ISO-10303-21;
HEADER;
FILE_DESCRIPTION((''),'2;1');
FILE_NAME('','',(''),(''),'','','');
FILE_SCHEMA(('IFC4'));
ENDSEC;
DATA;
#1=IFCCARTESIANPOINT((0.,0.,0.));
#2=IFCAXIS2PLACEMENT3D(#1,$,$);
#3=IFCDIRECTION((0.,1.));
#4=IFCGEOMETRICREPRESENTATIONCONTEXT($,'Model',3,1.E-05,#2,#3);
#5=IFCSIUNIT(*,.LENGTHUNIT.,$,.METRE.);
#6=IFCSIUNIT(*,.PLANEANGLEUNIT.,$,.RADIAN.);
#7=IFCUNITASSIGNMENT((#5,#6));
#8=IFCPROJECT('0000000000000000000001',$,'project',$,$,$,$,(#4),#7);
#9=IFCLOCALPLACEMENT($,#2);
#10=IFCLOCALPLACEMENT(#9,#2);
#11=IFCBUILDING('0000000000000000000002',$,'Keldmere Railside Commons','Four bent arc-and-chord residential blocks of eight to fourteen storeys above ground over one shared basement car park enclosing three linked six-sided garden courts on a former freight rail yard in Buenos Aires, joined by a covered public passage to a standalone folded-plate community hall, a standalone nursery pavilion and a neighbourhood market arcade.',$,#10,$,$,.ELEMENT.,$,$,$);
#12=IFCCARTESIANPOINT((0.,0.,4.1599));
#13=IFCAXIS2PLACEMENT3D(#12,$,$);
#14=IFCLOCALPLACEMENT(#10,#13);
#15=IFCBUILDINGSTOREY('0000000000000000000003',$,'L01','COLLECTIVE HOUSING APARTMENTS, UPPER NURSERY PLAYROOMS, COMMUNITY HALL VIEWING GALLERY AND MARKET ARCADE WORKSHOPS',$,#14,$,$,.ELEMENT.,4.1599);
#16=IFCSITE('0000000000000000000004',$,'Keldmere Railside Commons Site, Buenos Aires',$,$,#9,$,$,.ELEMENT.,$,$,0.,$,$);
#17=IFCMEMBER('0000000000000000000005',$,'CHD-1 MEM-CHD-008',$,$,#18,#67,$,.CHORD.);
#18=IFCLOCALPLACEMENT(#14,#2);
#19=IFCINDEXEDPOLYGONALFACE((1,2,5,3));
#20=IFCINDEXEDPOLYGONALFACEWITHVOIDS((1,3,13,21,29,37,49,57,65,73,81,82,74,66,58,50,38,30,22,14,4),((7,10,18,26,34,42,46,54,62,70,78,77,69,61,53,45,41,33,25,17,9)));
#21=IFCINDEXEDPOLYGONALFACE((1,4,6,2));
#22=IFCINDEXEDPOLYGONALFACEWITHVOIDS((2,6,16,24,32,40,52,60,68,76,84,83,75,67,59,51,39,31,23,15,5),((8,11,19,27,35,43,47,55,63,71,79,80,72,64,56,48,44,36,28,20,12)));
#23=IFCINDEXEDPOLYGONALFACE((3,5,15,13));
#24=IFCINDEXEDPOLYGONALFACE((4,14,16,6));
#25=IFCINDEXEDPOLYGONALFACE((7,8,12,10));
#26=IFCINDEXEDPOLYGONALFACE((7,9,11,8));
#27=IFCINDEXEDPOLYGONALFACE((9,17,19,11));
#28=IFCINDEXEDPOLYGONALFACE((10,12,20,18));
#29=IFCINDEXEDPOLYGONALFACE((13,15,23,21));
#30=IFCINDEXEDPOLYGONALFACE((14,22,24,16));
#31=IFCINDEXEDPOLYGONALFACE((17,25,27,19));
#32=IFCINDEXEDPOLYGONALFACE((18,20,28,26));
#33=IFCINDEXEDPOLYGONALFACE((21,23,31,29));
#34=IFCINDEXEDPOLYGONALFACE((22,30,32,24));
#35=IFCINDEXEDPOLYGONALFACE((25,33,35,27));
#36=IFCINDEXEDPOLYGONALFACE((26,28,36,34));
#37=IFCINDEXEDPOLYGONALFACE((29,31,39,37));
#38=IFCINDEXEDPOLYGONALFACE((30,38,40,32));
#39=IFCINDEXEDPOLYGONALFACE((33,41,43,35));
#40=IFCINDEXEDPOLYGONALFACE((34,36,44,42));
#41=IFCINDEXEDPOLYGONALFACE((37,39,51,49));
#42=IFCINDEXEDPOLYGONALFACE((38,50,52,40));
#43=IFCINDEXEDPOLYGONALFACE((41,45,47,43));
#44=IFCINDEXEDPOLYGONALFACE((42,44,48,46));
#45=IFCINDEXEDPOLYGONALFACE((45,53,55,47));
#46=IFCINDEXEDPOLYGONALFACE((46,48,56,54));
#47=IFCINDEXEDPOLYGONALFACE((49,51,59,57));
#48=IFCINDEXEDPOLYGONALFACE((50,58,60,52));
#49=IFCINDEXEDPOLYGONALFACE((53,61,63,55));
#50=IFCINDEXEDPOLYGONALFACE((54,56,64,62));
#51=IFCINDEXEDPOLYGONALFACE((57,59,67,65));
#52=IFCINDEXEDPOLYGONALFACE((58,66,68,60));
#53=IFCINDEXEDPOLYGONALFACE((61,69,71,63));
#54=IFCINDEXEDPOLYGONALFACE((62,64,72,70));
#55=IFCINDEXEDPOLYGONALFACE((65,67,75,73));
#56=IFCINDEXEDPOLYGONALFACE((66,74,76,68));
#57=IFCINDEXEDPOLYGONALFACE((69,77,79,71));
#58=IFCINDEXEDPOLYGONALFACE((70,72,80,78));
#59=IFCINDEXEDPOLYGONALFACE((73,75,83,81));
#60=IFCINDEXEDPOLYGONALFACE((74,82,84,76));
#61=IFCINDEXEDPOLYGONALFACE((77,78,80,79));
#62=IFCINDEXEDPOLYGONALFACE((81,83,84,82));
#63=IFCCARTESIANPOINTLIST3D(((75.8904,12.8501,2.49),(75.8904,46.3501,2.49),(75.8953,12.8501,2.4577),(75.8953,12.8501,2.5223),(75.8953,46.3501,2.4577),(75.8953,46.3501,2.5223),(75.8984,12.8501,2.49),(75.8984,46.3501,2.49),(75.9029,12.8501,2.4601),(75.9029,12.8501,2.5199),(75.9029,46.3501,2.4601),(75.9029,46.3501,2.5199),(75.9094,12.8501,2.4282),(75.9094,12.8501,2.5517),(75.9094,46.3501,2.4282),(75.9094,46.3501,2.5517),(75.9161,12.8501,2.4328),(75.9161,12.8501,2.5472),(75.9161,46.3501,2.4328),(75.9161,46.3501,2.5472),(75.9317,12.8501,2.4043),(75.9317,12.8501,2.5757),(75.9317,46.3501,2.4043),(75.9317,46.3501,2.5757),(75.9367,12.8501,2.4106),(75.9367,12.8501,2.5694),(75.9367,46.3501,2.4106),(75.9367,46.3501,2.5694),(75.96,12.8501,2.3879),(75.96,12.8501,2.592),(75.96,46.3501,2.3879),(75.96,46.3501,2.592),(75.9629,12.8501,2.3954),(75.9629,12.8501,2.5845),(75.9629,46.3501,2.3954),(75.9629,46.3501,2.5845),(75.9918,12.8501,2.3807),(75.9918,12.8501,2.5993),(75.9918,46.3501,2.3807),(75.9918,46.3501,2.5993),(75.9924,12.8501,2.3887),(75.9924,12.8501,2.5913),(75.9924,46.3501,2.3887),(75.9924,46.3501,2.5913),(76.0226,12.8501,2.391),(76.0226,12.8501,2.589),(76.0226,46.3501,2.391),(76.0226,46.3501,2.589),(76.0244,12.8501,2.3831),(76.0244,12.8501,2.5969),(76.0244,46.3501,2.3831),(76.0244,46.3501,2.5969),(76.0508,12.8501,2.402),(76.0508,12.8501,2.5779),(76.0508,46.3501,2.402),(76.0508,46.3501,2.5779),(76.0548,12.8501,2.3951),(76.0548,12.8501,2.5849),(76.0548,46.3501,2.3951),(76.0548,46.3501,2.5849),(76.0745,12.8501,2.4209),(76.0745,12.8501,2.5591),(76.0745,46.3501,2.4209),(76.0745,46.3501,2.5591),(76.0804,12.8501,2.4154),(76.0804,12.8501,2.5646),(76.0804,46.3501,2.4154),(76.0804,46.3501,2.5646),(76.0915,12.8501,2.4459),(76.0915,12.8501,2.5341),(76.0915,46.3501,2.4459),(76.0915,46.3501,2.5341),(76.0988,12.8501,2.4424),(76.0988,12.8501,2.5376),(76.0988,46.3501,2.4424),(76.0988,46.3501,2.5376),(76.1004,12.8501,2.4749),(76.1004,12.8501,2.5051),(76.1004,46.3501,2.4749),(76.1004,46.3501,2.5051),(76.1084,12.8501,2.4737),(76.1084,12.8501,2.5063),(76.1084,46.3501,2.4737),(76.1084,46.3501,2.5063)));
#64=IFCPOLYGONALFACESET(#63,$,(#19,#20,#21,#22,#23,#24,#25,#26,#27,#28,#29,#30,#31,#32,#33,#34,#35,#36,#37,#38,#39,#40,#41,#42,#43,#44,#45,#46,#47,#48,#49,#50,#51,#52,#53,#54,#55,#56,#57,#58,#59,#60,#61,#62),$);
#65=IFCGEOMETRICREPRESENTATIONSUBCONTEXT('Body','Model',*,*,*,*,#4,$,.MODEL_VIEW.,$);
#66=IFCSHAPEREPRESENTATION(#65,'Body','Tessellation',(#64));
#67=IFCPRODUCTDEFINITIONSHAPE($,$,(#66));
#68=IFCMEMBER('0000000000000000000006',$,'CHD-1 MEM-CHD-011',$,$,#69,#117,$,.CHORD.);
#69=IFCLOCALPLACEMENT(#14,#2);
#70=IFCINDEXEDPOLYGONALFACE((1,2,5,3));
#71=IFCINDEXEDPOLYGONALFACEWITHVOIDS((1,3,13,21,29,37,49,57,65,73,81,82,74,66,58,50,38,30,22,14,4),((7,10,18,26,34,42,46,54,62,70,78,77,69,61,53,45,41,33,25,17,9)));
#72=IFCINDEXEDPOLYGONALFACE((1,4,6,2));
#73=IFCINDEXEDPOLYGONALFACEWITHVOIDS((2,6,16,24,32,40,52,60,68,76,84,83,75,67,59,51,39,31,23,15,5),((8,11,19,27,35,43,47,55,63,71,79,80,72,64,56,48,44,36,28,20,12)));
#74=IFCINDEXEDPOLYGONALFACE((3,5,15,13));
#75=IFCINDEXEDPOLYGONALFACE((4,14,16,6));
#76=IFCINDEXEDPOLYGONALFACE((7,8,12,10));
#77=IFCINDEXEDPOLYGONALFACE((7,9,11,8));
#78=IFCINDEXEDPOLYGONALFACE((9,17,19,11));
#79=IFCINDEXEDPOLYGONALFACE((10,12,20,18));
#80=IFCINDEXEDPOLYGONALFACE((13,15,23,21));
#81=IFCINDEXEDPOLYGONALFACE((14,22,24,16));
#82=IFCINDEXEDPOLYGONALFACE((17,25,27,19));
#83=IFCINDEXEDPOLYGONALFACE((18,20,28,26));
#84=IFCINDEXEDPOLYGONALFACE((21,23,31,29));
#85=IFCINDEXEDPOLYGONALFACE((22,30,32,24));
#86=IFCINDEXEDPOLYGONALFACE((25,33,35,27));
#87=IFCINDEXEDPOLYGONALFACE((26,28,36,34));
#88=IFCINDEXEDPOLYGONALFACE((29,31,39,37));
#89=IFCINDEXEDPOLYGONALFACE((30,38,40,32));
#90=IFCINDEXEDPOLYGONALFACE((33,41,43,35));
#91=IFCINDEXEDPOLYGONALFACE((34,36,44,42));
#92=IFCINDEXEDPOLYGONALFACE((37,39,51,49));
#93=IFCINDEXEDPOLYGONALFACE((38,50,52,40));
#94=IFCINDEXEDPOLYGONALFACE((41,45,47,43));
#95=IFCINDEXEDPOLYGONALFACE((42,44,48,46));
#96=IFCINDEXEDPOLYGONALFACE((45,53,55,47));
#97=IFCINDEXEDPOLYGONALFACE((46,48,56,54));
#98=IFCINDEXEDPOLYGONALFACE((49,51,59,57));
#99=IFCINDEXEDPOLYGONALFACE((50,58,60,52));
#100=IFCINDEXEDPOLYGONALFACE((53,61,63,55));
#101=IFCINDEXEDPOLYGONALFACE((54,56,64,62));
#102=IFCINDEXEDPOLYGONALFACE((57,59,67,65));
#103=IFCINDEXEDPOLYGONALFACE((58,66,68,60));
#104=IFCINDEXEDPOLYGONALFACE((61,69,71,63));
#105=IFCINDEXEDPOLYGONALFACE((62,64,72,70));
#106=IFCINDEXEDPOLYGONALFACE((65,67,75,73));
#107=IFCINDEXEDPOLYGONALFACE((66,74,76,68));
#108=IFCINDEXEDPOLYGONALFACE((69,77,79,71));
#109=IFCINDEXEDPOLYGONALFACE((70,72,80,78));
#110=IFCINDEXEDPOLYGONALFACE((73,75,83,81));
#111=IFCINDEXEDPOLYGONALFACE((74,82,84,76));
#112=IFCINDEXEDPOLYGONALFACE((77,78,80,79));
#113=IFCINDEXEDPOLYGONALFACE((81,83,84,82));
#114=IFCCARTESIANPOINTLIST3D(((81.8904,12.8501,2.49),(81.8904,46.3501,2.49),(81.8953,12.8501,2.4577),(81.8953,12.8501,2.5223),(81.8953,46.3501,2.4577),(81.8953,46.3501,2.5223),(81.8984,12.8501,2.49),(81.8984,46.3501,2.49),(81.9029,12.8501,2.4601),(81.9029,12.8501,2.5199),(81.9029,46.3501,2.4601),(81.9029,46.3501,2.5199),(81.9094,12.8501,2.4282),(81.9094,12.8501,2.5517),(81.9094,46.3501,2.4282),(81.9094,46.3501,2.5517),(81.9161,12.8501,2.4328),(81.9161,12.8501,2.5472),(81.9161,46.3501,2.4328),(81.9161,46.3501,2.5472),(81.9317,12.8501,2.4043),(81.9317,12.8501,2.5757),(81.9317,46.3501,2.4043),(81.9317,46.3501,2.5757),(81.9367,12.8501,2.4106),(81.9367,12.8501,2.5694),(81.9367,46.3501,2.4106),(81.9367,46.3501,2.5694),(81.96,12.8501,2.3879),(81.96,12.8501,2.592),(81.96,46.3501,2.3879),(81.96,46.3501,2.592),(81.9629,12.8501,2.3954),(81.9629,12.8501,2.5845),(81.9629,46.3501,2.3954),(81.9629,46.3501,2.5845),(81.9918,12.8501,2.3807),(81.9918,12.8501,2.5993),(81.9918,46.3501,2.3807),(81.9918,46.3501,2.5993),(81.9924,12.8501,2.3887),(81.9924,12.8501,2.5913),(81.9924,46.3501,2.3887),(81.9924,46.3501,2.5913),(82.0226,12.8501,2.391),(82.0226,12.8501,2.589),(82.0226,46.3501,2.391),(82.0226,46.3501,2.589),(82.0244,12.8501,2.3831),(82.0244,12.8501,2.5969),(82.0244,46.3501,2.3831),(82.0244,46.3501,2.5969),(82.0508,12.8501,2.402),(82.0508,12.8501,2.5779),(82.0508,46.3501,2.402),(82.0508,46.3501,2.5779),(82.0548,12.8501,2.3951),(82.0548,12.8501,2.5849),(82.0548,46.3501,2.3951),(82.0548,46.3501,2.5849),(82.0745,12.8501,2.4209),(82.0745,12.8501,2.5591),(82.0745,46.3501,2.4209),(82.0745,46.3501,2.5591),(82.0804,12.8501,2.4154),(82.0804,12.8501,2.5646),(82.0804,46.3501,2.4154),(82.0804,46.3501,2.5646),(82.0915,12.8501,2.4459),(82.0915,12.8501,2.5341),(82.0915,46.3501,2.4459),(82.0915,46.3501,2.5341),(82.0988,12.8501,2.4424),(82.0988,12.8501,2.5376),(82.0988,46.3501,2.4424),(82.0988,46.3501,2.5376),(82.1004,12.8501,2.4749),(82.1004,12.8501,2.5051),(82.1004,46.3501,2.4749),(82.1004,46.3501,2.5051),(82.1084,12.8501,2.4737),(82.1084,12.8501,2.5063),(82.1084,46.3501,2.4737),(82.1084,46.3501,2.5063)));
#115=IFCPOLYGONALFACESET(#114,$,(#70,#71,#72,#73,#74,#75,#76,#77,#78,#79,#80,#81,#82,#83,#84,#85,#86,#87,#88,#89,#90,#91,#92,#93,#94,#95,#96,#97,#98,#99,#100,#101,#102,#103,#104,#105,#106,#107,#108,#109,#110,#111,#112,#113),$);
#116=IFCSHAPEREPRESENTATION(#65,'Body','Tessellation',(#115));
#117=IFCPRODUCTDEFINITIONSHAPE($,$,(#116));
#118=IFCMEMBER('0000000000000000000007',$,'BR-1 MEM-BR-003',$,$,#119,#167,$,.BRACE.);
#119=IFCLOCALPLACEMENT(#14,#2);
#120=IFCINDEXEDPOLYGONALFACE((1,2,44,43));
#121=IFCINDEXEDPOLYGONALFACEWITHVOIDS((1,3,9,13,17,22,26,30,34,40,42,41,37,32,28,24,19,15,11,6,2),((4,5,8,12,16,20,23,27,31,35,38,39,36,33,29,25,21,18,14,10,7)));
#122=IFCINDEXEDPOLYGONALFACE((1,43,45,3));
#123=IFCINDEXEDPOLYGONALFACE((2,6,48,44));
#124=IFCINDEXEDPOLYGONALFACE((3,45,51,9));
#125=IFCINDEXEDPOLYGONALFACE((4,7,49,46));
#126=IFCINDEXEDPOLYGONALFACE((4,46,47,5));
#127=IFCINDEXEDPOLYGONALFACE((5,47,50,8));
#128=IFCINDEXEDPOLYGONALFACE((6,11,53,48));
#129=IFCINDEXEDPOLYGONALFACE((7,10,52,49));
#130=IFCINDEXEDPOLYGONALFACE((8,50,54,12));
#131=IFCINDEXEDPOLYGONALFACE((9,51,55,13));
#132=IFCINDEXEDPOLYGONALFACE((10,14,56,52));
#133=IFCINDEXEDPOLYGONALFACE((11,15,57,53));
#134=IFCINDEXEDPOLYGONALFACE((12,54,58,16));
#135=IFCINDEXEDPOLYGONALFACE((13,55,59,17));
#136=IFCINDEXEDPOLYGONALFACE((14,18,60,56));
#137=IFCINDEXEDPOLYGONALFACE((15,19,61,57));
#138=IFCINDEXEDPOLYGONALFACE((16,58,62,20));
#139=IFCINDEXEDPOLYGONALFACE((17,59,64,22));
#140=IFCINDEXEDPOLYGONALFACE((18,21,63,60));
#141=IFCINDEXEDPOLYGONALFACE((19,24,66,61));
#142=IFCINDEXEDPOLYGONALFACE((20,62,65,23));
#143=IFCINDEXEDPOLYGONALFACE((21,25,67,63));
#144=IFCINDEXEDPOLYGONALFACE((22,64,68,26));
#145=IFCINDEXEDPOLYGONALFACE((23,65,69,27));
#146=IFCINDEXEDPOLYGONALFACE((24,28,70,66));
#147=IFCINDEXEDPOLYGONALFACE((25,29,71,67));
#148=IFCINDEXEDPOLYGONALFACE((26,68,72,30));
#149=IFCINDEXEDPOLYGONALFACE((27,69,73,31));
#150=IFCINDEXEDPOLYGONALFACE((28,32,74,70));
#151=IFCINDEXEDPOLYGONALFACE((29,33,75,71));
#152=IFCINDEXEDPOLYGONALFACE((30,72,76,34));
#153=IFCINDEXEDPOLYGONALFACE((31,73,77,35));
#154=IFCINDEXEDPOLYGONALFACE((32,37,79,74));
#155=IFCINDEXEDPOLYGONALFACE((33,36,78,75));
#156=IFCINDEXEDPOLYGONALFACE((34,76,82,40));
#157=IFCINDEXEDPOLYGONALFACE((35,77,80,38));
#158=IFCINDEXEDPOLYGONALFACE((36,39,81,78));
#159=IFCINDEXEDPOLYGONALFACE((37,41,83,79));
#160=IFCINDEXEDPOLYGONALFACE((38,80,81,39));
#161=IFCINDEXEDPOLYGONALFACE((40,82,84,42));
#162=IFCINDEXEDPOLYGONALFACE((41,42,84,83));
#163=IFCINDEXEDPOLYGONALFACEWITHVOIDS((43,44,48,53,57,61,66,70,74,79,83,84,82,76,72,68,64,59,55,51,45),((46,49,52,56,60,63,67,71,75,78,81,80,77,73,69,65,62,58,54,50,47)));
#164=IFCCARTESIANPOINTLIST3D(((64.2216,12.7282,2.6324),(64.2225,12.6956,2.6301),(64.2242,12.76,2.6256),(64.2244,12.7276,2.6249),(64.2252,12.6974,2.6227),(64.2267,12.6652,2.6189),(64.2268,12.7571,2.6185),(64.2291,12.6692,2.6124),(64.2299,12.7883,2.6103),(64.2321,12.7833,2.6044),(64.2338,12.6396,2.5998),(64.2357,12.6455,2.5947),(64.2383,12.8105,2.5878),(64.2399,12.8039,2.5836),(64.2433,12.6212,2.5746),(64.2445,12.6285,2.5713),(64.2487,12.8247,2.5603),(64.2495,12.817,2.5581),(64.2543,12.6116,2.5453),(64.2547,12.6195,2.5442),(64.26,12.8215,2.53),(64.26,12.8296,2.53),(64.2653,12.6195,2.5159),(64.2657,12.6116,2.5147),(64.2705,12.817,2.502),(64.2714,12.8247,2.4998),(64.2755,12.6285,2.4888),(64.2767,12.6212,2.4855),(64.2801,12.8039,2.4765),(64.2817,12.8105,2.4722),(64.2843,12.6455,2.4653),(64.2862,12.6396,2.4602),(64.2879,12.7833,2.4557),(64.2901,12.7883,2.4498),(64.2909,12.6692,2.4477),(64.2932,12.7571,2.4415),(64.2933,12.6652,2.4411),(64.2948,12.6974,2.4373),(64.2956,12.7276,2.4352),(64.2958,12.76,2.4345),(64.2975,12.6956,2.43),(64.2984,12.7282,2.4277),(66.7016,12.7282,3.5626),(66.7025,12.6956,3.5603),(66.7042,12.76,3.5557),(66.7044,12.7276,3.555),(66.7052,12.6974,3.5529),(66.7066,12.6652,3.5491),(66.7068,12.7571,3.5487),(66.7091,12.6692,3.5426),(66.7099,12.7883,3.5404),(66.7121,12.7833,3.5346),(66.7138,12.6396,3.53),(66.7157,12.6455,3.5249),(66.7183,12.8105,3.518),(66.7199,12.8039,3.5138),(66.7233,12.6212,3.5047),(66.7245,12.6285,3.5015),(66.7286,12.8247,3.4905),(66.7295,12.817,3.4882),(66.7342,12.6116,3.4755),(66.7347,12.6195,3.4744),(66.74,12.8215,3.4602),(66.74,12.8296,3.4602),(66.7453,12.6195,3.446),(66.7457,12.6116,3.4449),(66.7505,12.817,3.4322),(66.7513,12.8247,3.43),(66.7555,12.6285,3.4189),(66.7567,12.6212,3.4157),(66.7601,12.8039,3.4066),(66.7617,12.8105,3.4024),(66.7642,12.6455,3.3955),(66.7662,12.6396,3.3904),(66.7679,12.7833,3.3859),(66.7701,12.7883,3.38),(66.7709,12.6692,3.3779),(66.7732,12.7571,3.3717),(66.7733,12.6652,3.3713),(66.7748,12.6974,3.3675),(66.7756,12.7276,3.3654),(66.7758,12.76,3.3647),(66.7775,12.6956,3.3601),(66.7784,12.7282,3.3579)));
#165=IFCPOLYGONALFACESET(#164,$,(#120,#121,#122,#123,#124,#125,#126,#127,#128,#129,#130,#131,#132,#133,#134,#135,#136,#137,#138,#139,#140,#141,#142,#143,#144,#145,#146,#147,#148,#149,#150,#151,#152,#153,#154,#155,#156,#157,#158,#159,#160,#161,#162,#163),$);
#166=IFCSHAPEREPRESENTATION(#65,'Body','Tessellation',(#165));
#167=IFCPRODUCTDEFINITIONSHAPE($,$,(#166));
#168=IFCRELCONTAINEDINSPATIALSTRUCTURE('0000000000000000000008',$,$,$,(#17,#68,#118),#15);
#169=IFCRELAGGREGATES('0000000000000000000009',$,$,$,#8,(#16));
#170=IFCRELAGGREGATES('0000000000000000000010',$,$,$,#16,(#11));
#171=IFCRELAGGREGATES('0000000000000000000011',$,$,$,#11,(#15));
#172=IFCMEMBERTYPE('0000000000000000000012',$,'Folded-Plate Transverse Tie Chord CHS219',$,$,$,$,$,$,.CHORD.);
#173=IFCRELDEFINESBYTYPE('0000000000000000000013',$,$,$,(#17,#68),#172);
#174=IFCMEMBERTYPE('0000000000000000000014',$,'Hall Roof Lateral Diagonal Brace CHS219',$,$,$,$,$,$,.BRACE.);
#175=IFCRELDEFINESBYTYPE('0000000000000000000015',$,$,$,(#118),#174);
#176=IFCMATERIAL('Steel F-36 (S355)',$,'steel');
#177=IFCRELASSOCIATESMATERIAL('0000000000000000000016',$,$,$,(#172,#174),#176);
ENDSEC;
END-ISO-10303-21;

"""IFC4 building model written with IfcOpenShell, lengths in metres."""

from ifc_helpers import new_model, si_unit, direction, frame, origin, origin_2d, place, context, subcontext, project, spatial, hollow_circle, extrude, material, material_profile, profile_set, type_object, element, save


model = new_model("IFC4")

# Units and contexts
model_context = context("Model", 3, precision=1e-05, world=origin(), true_north=direction((0.0, 1.0)))
body_context = subcontext(model_context, "Body", "Model", "MODEL_VIEW")
ifc_project = project(units=[si_unit("LENGTHUNIT", "METRE"), si_unit("PLANEANGLEUNIT", "RADIAN")], contexts=[model_context])

# Site, building, storey
site_placement = place(None, origin())
site = spatial("IfcSite", under=ifc_project, at=site_placement, Name="Keldmere Railside Commons Site, Buenos Aires", CompositionType="ELEMENT", RefElevation=0.0)
building_placement = place(site_placement, origin())
building = spatial("IfcBuilding", under=site, at=building_placement, Name="Keldmere Railside Commons", Description="Four bent arc-and-chord residential blocks of eight to fourteen storeys above ground over one shared basement car park enclosing three linked six-sided garden courts on a former freight rail yard in Buenos Aires, joined by a covered public passage to a standalone folded-plate community hall, a standalone nursery pavilion and a neighbourhood market arcade.", CompositionType="ELEMENT")
storey_placement = place(building_placement, frame((0.0, 0.0, 4.1599)))
storey = spatial("IfcBuildingStorey", under=building, at=storey_placement, Name="L01", Description="COLLECTIVE HOUSING APARTMENTS, UPPER NURSERY PLAYROOMS, COMMUNITY HALL VIEWING GALLERY AND MARKET ARCADE WORKSHOPS", CompositionType="ELEMENT", Elevation=4.1599)

# Shared definitions
ifc_material = material(Name="Steel F-36 (S355)", Category="steel")

# Members
ifc_material_profile_1 = material_profile(ifc_material, hollow_circle(Radius=0.1096, WallThickness=0.0081, at=origin_2d()), Name="CHS-219x8")
ifc_profile_set_1 = profile_set([ifc_material_profile_1], Name="Steel F-36 (S355)")
member_type_1 = type_object("IfcMemberType", Name="Folded-Plate Transverse Tie Chord CHS219", PredefinedType="CHORD", material=ifc_profile_set_1)
for number, where, z_axis, x_axis, name in (
    (1, (76.0, 12.8501, 2.49), (0.0, 1.0, 0.0), (-1.0, 0.0, 0.0), "CHD-1 MEM-CHD-008"),
    (2, (82.0, 12.8501, 2.49), (0.0, 1.0, 0.0), (-1.0, 0.0, 0.0), "CHD-1 MEM-CHD-011"),
):
    element("IfcMember", number, at=place(storey_placement, frame(where, z_axis=z_axis, x_axis=x_axis)), inside=storey, type_object=member_type_1, Name=name, PredefinedType="CHORD", context=body_context, shape_type="SweptSolid", body=[
        extrude(hollow_circle(Radius=0.1096, WallThickness=0.0081, at=origin_2d()), origin(), (0.0, 0.0, 1.0), 33.5),
    ])
ifc_material_profile_2 = material_profile(ifc_material, hollow_circle(Radius=0.1096, WallThickness=0.0081, at=origin_2d()), Name="CHS-219x8")
ifc_profile_set_2 = profile_set([ifc_material_profile_2], Name="Steel F-36 (S355)")
member_type_2 = type_object("IfcMemberType", Name="Hall Roof Lateral Diagonal Brace CHS219", PredefinedType="BRACE", material=ifc_profile_set_2)
for number, where, z_axis, x_axis, name in (
    (3, (64.26, 12.72, 2.53), (0.936306, 0.0, 0.351184), (0.0, 1.0, 0.0), "BR-1 MEM-BR-003"),
):
    element("IfcMember", number, at=place(storey_placement, frame(where, z_axis=z_axis, x_axis=x_axis)), inside=storey, type_object=member_type_2, Name=name, PredefinedType="BRACE", context=body_context, shape_type="SweptSolid", body=[
        extrude(hollow_circle(Radius=0.1096, WallThickness=0.0081, at=origin_2d()), origin(), (0.0, 0.0, 1.0), 2.6487),
    ])

save(model, "model.ifc")
